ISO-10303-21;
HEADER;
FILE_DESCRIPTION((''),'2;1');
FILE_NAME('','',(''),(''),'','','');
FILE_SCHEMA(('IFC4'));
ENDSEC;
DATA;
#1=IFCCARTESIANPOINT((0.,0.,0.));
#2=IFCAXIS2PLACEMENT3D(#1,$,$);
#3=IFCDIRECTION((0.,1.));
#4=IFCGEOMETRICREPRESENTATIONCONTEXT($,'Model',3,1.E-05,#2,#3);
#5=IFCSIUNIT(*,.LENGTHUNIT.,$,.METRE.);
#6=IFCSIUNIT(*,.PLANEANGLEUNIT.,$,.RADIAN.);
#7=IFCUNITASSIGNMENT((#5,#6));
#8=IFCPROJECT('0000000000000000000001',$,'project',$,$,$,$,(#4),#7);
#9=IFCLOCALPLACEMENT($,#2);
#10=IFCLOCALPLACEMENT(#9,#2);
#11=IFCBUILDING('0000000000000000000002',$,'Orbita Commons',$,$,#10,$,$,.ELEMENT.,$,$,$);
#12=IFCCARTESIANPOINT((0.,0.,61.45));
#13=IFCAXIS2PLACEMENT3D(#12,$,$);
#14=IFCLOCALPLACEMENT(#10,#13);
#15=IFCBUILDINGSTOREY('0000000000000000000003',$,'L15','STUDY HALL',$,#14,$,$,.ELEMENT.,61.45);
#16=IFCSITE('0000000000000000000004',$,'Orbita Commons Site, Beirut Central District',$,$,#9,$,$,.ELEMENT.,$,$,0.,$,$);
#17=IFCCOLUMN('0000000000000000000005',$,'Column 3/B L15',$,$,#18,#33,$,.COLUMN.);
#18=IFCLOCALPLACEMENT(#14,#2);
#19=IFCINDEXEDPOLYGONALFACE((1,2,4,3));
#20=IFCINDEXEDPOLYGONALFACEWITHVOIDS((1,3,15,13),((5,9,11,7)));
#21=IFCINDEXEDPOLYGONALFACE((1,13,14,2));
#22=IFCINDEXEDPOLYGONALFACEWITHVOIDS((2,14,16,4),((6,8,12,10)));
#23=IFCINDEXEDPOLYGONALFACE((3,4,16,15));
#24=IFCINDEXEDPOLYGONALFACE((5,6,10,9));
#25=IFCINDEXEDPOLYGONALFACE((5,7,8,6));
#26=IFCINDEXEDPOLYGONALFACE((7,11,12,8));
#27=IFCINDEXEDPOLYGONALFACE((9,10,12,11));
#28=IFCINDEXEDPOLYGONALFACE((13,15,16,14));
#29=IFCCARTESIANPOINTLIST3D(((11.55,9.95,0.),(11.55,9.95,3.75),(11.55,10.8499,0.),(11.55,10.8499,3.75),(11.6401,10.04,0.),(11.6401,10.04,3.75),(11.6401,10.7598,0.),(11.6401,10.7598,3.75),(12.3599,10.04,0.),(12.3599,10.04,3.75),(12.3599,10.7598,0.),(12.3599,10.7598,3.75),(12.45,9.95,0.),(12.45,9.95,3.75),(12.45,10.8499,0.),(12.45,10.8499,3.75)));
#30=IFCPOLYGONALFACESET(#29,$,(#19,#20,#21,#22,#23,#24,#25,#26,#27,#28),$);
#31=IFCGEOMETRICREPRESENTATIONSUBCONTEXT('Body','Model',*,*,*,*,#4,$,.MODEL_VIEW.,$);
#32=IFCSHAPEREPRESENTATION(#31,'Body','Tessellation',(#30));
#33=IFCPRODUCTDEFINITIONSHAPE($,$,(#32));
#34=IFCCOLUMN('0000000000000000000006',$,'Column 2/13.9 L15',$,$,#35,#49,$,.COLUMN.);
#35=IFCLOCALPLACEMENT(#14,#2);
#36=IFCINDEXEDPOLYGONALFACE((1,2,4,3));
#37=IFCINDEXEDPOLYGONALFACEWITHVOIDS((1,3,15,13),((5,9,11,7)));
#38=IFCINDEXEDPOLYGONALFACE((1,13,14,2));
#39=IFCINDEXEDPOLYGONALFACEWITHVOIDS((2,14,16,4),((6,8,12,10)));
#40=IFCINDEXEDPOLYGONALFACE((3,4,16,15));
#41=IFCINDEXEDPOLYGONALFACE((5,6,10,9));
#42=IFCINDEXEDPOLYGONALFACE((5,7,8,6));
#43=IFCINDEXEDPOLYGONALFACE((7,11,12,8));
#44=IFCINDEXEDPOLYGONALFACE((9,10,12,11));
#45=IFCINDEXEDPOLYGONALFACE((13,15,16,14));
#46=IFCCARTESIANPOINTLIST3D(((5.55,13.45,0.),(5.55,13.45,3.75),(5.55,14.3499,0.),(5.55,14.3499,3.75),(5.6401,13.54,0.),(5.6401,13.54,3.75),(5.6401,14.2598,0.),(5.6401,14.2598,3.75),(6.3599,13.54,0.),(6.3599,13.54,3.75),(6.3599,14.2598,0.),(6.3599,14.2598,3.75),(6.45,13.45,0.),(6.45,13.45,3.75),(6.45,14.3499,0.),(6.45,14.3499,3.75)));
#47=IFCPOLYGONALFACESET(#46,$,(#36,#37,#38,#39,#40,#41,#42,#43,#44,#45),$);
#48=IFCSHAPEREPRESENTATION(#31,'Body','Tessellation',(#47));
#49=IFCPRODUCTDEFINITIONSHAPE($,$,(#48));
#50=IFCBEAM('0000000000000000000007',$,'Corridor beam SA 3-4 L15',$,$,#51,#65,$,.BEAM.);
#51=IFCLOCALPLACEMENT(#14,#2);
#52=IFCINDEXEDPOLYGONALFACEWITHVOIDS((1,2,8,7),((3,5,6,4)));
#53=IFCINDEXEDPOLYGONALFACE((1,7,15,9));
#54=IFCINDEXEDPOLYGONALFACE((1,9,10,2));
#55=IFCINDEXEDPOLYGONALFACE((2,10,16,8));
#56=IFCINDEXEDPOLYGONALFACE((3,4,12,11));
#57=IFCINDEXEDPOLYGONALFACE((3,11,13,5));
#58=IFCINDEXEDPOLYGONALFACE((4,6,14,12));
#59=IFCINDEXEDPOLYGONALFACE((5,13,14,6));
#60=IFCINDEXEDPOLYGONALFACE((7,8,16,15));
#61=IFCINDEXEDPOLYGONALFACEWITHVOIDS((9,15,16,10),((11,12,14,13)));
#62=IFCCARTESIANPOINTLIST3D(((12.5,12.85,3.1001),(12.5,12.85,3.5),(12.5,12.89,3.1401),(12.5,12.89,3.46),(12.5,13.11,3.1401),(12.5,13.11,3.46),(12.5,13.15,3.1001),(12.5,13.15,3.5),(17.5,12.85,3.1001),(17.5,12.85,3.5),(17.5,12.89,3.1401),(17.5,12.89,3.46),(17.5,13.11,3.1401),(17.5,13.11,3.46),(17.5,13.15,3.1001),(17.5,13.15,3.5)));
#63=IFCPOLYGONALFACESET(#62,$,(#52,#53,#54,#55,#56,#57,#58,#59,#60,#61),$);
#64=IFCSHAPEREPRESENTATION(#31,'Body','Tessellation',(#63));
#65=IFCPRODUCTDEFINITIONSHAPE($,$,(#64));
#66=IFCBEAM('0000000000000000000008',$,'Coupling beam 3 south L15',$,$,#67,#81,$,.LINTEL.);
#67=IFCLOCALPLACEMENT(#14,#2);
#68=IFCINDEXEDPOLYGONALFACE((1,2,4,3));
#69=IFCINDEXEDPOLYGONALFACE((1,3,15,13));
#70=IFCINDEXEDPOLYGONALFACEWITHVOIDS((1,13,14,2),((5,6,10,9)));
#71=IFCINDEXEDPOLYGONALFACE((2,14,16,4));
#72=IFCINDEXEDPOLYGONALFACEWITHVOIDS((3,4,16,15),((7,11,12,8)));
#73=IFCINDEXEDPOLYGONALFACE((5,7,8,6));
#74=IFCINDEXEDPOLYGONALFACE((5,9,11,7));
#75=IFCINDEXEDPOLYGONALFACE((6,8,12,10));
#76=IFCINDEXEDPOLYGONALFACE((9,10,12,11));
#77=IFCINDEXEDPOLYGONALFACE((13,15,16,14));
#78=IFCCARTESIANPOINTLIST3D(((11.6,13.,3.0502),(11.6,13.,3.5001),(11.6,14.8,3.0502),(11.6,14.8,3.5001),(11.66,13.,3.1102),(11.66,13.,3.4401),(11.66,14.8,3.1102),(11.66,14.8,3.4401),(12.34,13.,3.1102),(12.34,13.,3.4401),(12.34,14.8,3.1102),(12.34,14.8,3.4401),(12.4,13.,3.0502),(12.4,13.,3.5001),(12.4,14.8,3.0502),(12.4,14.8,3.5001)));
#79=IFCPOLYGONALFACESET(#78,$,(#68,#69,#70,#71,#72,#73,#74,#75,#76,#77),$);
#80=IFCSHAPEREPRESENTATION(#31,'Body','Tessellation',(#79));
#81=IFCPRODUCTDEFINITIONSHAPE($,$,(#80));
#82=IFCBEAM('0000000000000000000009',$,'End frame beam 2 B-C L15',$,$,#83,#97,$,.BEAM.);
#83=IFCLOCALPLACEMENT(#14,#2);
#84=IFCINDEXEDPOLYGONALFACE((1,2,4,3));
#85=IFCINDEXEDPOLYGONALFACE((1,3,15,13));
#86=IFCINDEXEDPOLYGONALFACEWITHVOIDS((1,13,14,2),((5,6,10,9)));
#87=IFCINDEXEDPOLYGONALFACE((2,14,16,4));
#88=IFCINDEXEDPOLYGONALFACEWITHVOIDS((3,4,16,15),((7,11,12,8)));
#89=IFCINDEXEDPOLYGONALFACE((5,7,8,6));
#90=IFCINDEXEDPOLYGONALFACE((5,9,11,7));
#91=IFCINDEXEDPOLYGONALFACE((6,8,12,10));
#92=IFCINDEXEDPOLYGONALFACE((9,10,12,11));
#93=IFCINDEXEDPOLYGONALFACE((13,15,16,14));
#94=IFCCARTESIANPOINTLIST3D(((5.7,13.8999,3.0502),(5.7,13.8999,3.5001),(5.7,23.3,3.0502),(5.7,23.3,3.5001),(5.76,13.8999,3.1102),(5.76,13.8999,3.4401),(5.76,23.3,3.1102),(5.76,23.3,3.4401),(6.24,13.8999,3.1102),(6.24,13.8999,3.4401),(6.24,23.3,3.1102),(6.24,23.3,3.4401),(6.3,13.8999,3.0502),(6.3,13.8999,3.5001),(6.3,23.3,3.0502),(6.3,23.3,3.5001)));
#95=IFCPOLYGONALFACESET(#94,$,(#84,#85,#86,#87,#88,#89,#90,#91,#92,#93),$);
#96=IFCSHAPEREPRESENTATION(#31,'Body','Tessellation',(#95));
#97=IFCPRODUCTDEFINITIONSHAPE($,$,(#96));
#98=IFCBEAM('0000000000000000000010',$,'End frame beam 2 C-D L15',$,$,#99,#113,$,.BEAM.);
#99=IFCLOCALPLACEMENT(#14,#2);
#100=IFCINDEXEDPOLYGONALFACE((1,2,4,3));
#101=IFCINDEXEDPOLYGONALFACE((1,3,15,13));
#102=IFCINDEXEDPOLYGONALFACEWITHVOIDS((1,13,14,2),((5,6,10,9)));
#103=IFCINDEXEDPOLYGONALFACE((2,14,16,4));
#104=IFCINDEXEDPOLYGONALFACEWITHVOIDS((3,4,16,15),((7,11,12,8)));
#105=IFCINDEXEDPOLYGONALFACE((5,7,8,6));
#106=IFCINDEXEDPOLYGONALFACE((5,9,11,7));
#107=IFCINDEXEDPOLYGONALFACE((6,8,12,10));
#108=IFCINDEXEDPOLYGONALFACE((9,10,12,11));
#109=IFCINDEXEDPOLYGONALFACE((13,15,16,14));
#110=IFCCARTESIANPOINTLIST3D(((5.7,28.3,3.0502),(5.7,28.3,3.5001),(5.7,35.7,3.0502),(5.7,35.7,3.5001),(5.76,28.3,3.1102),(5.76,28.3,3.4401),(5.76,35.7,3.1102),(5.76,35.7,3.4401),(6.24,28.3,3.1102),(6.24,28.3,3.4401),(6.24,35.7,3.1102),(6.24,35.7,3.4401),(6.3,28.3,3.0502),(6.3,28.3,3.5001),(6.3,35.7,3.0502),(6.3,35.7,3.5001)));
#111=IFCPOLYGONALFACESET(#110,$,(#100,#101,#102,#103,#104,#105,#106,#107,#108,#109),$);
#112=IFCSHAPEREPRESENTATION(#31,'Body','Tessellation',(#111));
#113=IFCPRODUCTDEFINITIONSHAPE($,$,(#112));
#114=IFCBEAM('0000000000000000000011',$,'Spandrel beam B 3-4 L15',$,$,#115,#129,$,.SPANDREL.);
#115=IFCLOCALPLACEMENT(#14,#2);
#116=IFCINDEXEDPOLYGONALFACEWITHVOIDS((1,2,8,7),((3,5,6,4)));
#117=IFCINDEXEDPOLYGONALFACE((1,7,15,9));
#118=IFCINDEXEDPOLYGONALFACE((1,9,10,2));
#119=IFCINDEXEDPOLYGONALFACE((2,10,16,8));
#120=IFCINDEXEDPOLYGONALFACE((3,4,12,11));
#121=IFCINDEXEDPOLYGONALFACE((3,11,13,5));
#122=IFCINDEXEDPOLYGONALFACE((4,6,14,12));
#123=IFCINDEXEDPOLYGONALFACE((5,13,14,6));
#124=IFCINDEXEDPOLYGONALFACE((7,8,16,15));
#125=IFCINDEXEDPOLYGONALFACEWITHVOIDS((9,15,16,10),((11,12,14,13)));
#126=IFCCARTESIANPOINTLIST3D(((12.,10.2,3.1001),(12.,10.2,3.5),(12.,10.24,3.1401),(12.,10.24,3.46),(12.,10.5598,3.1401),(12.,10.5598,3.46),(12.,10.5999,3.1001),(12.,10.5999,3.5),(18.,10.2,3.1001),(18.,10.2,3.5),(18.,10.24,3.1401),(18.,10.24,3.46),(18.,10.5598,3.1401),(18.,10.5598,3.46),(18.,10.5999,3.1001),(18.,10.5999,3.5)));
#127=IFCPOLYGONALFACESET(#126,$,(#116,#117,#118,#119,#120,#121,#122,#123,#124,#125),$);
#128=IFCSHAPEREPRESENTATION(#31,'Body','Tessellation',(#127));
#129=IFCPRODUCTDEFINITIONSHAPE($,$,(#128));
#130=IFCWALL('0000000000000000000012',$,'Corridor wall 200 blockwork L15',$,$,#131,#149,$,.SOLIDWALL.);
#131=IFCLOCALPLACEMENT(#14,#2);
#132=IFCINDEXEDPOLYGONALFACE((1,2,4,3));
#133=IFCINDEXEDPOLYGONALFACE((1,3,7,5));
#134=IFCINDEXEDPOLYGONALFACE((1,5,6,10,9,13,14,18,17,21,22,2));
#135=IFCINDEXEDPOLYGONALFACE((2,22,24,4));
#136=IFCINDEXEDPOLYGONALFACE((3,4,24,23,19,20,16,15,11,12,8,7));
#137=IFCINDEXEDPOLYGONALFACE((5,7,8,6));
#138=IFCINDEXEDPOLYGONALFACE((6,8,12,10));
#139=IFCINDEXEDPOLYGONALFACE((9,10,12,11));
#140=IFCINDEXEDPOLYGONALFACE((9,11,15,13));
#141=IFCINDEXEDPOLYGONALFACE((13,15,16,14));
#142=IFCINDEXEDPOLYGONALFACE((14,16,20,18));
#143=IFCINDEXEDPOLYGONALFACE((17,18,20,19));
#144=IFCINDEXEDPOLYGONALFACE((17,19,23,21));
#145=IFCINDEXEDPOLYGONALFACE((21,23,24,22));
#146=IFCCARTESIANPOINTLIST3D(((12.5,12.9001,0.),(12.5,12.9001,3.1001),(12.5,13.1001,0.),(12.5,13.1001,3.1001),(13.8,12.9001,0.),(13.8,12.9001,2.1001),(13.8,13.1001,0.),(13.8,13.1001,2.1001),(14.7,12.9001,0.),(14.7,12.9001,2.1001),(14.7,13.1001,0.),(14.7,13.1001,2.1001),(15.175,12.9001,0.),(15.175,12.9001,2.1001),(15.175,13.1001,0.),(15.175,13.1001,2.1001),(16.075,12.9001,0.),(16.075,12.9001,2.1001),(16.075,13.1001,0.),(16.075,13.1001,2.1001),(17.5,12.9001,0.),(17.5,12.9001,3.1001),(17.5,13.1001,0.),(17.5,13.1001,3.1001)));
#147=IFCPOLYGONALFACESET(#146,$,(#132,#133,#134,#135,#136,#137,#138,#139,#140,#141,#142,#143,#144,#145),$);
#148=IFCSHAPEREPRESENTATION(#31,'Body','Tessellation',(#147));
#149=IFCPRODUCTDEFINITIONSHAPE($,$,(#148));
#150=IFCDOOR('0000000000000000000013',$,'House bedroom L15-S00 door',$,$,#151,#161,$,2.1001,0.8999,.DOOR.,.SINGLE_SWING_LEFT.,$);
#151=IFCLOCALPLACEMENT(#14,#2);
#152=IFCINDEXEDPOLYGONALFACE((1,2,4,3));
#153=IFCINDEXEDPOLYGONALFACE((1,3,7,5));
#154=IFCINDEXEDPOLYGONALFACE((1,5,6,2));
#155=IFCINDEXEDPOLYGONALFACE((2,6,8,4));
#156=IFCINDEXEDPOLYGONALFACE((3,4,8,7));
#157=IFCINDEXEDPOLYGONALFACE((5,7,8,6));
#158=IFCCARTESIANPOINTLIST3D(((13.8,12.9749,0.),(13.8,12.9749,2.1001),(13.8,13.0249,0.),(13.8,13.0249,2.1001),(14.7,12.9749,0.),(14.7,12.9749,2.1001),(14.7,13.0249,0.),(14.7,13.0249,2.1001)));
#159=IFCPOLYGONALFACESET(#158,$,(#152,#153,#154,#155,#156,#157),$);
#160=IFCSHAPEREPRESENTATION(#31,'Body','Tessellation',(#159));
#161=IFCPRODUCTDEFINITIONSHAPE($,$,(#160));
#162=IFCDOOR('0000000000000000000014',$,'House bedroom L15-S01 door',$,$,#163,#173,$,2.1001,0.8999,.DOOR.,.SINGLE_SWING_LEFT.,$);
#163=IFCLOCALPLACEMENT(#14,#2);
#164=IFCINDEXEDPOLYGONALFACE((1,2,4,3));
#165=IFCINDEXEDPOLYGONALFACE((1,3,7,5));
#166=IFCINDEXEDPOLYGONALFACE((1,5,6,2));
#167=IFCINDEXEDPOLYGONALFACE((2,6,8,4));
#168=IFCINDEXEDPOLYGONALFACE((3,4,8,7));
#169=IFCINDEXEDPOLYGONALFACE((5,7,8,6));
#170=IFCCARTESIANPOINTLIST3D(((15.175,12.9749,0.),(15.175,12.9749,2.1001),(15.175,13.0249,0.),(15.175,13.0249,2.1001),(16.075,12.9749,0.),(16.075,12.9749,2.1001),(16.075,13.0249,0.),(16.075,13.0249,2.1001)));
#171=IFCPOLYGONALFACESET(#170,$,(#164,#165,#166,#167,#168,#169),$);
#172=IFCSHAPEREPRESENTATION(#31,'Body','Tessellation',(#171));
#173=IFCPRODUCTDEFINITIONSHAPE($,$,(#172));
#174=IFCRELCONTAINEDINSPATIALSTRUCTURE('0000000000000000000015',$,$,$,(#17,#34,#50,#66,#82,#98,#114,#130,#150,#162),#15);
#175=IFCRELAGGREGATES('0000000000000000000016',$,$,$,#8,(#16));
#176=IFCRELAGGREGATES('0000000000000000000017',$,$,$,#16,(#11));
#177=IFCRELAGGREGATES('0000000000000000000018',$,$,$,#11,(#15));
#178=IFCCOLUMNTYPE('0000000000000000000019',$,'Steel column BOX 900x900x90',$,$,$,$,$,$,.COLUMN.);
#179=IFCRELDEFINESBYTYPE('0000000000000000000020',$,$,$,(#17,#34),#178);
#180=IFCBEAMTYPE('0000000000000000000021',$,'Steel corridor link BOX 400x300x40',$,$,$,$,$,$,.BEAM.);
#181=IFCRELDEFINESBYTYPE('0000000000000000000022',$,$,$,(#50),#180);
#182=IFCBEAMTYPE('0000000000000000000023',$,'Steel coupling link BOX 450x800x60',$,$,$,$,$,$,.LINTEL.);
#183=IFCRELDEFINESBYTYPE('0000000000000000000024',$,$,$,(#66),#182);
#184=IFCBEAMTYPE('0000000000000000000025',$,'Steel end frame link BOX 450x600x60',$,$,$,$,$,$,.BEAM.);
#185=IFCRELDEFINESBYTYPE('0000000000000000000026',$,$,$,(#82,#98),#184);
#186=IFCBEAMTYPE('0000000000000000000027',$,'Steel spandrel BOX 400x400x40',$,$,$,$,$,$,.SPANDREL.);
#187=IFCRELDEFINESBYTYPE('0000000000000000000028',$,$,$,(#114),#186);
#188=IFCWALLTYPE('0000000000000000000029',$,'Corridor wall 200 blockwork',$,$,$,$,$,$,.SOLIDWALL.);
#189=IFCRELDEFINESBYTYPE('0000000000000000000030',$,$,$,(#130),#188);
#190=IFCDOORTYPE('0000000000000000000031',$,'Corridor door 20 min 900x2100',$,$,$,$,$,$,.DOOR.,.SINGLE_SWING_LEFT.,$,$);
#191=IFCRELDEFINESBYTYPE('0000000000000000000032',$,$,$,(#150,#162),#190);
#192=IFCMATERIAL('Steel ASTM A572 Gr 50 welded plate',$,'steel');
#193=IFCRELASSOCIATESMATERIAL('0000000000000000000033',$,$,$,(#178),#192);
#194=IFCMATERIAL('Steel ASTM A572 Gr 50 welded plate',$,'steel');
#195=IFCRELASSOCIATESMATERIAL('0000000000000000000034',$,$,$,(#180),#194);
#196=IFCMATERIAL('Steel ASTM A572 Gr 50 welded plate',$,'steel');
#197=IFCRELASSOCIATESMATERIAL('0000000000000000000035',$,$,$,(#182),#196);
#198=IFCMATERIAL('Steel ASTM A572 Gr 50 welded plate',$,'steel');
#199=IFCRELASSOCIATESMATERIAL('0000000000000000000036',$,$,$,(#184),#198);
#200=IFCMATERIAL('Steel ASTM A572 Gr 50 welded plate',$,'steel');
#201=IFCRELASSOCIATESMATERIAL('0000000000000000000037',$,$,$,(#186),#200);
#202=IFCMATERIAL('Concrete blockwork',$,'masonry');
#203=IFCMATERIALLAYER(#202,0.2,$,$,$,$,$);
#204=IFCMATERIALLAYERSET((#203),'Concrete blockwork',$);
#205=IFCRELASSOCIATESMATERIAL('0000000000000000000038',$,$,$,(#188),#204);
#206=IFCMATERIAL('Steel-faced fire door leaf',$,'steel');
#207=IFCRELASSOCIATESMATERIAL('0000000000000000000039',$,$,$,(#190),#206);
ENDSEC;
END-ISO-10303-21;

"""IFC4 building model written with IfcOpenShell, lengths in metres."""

from ifc_helpers import new_model, si_unit, direction, frame, frame_2d, origin, origin_2d, place, context, subcontext, project, spatial, polyline, rectangle, hollow_rectangle, outline, extrude, material, layer, layer_set, material_profile, profile_set, type_object, element, fill, save


model = new_model("IFC4")

# Units and contexts
model_context = context("Model", 3, precision=1e-05, world=origin(), true_north=direction((0.0, 1.0)))
body_context = subcontext(model_context, "Body", "Model", "MODEL_VIEW")
ifc_project = project(units=[si_unit("LENGTHUNIT", "METRE"), si_unit("PLANEANGLEUNIT", "RADIAN")], contexts=[model_context])

# Site, building, storey
site_placement = place(None, origin())
site = spatial("IfcSite", under=ifc_project, at=site_placement, Name="Orbita Commons Site, Beirut Central District", CompositionType="ELEMENT", RefElevation=0.0)
building_placement = place(site_placement, origin())
building = spatial("IfcBuilding", under=site, at=building_placement, Name="Orbita Commons", CompositionType="ELEMENT")
storey_placement = place(building_placement, frame((0.0, 0.0, 61.45)))
storey = spatial("IfcBuildingStorey", under=building, at=storey_placement, Name="L15", Description="STUDY HALL", CompositionType="ELEMENT", Elevation=61.45)

# Columns
ifc_material_1 = material(Name="Steel ASTM A572 Gr 50 welded plate", Category="steel")
ifc_material_profile_1 = material_profile(ifc_material_1, hollow_rectangle(XDim=0.8999, YDim=0.8999, WallThickness=0.0901, at=origin_2d()), Name="BOX 900x900x90")
ifc_profile_set_1 = profile_set([ifc_material_profile_1], Name="Steel ASTM A572 Gr 50 welded plate")
column_type = type_object("IfcColumnType", Name="Steel column BOX 900x900x90", PredefinedType="COLUMN", material=ifc_profile_set_1)
for number, where, z_axis, x_axis, name in (
    (1, (12.0, 10.3999, 0.0), (0.0, 0.0, 1.0), (1.0, 0.0, 0.0), "Column 3/B L15"),
    (2, (6.0, 13.8999, 0.0), (0.0, 0.0, 1.0), (1.0, 0.0, 0.0), "Column 2/13.9 L15"),
):
    element("IfcColumn", number, at=place(storey_placement, frame(where, z_axis=z_axis, x_axis=x_axis)), inside=storey, type_object=column_type, Name=name, PredefinedType="COLUMN", context=body_context, shape_type="SweptSolid", body=[
        extrude(hollow_rectangle(XDim=0.8999, YDim=0.8999, WallThickness=0.0901, at=origin_2d()), origin(), (0.0, 0.0, 1.0), 3.75),
    ])

# Beams
ifc_material_2 = material(Name="Steel ASTM A572 Gr 50 welded plate", Category="steel")
ifc_material_profile_2 = material_profile(ifc_material_2, hollow_rectangle(XDim=0.3, YDim=0.3999, WallThickness=0.04, at=origin_2d()), Name="BOX 400x300x40")
ifc_profile_set_2 = profile_set([ifc_material_profile_2], Name="Steel ASTM A572 Gr 50 welded plate")
beam_type_1 = type_object("IfcBeamType", Name="Steel corridor link BOX 400x300x40", PredefinedType="BEAM", material=ifc_profile_set_2)
beam_1_placement = place(storey_placement, frame((12.5, 13.0, 3.3), z_axis=(1.0, 0.0, 0.0), x_axis=(0.0, 1.0, 0.0)))
element("IfcBeam", 3, at=beam_1_placement, inside=storey, type_object=beam_type_1, Name="Corridor beam SA 3-4 L15", PredefinedType="BEAM", context=body_context, shape_type="SweptSolid", body=[
    extrude(hollow_rectangle(XDim=0.3, YDim=0.3999, WallThickness=0.04, at=origin_2d()), origin(), (0.0, 0.0, 1.0), 5.0),
])
ifc_material_3 = material(Name="Steel ASTM A572 Gr 50 welded plate", Category="steel")
ifc_material_profile_3 = material_profile(ifc_material_3, hollow_rectangle(XDim=0.8, YDim=0.45, WallThickness=0.0601, at=origin_2d()), Name="BOX 450x800x60")
ifc_profile_set_3 = profile_set([ifc_material_profile_3], Name="Steel ASTM A572 Gr 50 welded plate")
beam_type_2 = type_object("IfcBeamType", Name="Steel coupling link BOX 450x800x60", PredefinedType="LINTEL", material=ifc_profile_set_3)
beam_2_placement = place(storey_placement, frame((12.0, 13.0, 3.2751), z_axis=(0.0, 1.0, 0.0), x_axis=(-1.0, 0.0, 0.0)))
element("IfcBeam", 4, at=beam_2_placement, inside=storey, type_object=beam_type_2, Name="Coupling beam 3 south L15", PredefinedType="LINTEL", context=body_context, shape_type="SweptSolid", body=[
    extrude(hollow_rectangle(XDim=0.8, YDim=0.45, WallThickness=0.0601, at=origin_2d()), origin(), (0.0, 0.0, 1.0), 1.8),
])
ifc_material_4 = material(Name="Steel ASTM A572 Gr 50 welded plate", Category="steel")
ifc_material_profile_4 = material_profile(ifc_material_4, hollow_rectangle(XDim=0.6001, YDim=0.45, WallThickness=0.0601, at=origin_2d()), Name="BOX 450x600x60")
ifc_profile_set_4 = profile_set([ifc_material_profile_4], Name="Steel ASTM A572 Gr 50 welded plate")
beam_type_3 = type_object("IfcBeamType", Name="Steel end frame link BOX 450x600x60", PredefinedType="BEAM", material=ifc_profile_set_4)
beam_3_placement = place(storey_placement, frame((6.0, 13.8999, 3.2751), z_axis=(0.0, 1.0, 0.0), x_axis=(-1.0, 0.0, 0.0)))
element("IfcBeam", 5, at=beam_3_placement, inside=storey, type_object=beam_type_3, Name="End frame beam 2 B-C L15", PredefinedType="BEAM", context=body_context, shape_type="SweptSolid", body=[
    extrude(hollow_rectangle(XDim=0.6001, YDim=0.45, WallThickness=0.0601, at=origin_2d()), origin(), (0.0, 0.0, 1.0), 9.4001),
])
beam_4_placement = place(storey_placement, frame((6.0, 28.3, 3.2751), z_axis=(0.0, 1.0, 0.0), x_axis=(-1.0, 0.0, 0.0)))
element("IfcBeam", 6, at=beam_4_placement, inside=storey, type_object=beam_type_3, Name="End frame beam 2 C-D L15", PredefinedType="BEAM", context=body_context, shape_type="SweptSolid", body=[
    extrude(hollow_rectangle(XDim=0.6001, YDim=0.45, WallThickness=0.0601, at=origin_2d()), origin(), (0.0, 0.0, 1.0), 7.3999),
])
ifc_material_5 = material(Name="Steel ASTM A572 Gr 50 welded plate", Category="steel")
ifc_material_profile_5 = material_profile(ifc_material_5, hollow_rectangle(XDim=0.3999, YDim=0.3999, WallThickness=0.04, at=origin_2d()), Name="BOX 400x400x40")
ifc_profile_set_5 = profile_set([ifc_material_profile_5], Name="Steel ASTM A572 Gr 50 welded plate")
beam_type_4 = type_object("IfcBeamType", Name="Steel spandrel BOX 400x400x40", PredefinedType="SPANDREL", material=ifc_profile_set_5)
beam_5_placement = place(storey_placement, frame((12.0, 10.3999, 3.3), z_axis=(1.0, 0.0, 0.0), x_axis=(0.0, 1.0, 0.0)))
element("IfcBeam", 7, at=beam_5_placement, inside=storey, type_object=beam_type_4, Name="Spandrel beam B 3-4 L15", PredefinedType="SPANDREL", context=body_context, shape_type="SweptSolid", body=[
    extrude(hollow_rectangle(XDim=0.3999, YDim=0.3999, WallThickness=0.04, at=origin_2d()), origin(), (0.0, 0.0, 1.0), 6.0),
])

# Wall, openings, doors
ifc_material_6 = material(Name="Concrete blockwork", Category="masonry")
ifc_layer_1 = layer(ifc_material_6, 0.2)
ifc_layer_set_1 = layer_set([ifc_layer_1], Name="Concrete blockwork")
wall_type_1 = type_object("IfcWallType", Name="Corridor wall 200 blockwork", PredefinedType="SOLIDWALL", material=ifc_layer_set_1)
wall_1_placement = place(storey_placement, frame((12.5, 13.0, 0.0), z_axis=(0.0, 0.0, 1.0), x_axis=(1.0, 0.0, 0.0)))
wall_1 = element("IfcWall", 8, at=wall_1_placement, inside=storey, type_object=wall_type_1, Name="Corridor wall 200 blockwork L15", PredefinedType="SOLIDWALL", context=body_context, shape_type="SweptSolid", body=[
    extrude(outline(polyline([(0.0, 0.0), (5.0, 0.0), (5.0, 3.1001), (0.0, 3.1001), (0.0, 0.0)])), frame((0.0, 0.1001, 0.0), z_axis=(0.0, -1.0, 0.0), x_axis=(1.0, 0.0, 0.0)), (0.0, 0.0, 1.0), 0.2),
])
opening_1_placement = place(wall_1_placement, frame((1.3, 0.0, 0.0)))
opening_1 = element("IfcOpeningElement", 9, at=opening_1_placement, cuts=wall_1, PredefinedType="OPENING", context=body_context, shape_type="SweptSolid", body=[
    extrude(rectangle(XDim=0.8999, YDim=2.1001, at=frame_2d((0.45, 1.05))), frame((0.0, 0.1099, 0.0), z_axis=(0.0, -1.0, 0.0), x_axis=(1.0, 0.0, 0.0)), (0.0, 0.0, 1.0), 0.22),
])
opening_2_placement = place(wall_1_placement, frame((2.675, 0.0, 0.0)))
opening_2 = element("IfcOpeningElement", 10, at=opening_2_placement, cuts=wall_1, PredefinedType="OPENING", context=body_context, shape_type="SweptSolid", body=[
    extrude(rectangle(XDim=0.8999, YDim=2.1001, at=frame_2d((0.45, 1.05))), frame((0.0, 0.1099, 0.0), z_axis=(0.0, -1.0, 0.0), x_axis=(1.0, 0.0, 0.0)), (0.0, 0.0, 1.0), 0.22),
])
ifc_material_7 = material(Name="Steel-faced fire door leaf", Category="steel")
door_type_1 = type_object("IfcDoorType", Name="Corridor door 20 min 900x2100", OperationType="SINGLE_SWING_LEFT", PredefinedType="DOOR", material=ifc_material_7)
door_1_placement = place(opening_1_placement, origin())
door_1 = element("IfcDoor", 11, at=door_1_placement, inside=storey, type_object=door_type_1, Name="House bedroom L15-S00 door", OperationType="SINGLE_SWING_LEFT", OverallHeight=2.1001, OverallWidth=0.8999, PredefinedType="DOOR", context=body_context, shape_type="SweptSolid", body=[
    extrude(rectangle(XDim=0.8999, YDim=2.1001, at=frame_2d((0.45, 1.05))), frame((0.0, 0.0249, 0.0), z_axis=(0.0, -1.0, 0.0), x_axis=(1.0, 0.0, 0.0)), (0.0, 0.0, 1.0), 0.05),
])
fill(opening_1, door_1)
door_2_placement = place(opening_2_placement, origin())
door_2 = element("IfcDoor", 12, at=door_2_placement, inside=storey, type_object=door_type_1, Name="House bedroom L15-S01 door", OperationType="SINGLE_SWING_LEFT", OverallHeight=2.1001, OverallWidth=0.8999, PredefinedType="DOOR", context=body_context, shape_type="SweptSolid", body=[
    extrude(rectangle(XDim=0.8999, YDim=2.1001, at=frame_2d((0.45, 1.05))), frame((0.0, 0.0249, 0.0), z_axis=(0.0, -1.0, 0.0), x_axis=(1.0, 0.0, 0.0)), (0.0, 0.0, 1.0), 0.05),
])
fill(opening_2, door_2)

save(model, "model.ifc")
